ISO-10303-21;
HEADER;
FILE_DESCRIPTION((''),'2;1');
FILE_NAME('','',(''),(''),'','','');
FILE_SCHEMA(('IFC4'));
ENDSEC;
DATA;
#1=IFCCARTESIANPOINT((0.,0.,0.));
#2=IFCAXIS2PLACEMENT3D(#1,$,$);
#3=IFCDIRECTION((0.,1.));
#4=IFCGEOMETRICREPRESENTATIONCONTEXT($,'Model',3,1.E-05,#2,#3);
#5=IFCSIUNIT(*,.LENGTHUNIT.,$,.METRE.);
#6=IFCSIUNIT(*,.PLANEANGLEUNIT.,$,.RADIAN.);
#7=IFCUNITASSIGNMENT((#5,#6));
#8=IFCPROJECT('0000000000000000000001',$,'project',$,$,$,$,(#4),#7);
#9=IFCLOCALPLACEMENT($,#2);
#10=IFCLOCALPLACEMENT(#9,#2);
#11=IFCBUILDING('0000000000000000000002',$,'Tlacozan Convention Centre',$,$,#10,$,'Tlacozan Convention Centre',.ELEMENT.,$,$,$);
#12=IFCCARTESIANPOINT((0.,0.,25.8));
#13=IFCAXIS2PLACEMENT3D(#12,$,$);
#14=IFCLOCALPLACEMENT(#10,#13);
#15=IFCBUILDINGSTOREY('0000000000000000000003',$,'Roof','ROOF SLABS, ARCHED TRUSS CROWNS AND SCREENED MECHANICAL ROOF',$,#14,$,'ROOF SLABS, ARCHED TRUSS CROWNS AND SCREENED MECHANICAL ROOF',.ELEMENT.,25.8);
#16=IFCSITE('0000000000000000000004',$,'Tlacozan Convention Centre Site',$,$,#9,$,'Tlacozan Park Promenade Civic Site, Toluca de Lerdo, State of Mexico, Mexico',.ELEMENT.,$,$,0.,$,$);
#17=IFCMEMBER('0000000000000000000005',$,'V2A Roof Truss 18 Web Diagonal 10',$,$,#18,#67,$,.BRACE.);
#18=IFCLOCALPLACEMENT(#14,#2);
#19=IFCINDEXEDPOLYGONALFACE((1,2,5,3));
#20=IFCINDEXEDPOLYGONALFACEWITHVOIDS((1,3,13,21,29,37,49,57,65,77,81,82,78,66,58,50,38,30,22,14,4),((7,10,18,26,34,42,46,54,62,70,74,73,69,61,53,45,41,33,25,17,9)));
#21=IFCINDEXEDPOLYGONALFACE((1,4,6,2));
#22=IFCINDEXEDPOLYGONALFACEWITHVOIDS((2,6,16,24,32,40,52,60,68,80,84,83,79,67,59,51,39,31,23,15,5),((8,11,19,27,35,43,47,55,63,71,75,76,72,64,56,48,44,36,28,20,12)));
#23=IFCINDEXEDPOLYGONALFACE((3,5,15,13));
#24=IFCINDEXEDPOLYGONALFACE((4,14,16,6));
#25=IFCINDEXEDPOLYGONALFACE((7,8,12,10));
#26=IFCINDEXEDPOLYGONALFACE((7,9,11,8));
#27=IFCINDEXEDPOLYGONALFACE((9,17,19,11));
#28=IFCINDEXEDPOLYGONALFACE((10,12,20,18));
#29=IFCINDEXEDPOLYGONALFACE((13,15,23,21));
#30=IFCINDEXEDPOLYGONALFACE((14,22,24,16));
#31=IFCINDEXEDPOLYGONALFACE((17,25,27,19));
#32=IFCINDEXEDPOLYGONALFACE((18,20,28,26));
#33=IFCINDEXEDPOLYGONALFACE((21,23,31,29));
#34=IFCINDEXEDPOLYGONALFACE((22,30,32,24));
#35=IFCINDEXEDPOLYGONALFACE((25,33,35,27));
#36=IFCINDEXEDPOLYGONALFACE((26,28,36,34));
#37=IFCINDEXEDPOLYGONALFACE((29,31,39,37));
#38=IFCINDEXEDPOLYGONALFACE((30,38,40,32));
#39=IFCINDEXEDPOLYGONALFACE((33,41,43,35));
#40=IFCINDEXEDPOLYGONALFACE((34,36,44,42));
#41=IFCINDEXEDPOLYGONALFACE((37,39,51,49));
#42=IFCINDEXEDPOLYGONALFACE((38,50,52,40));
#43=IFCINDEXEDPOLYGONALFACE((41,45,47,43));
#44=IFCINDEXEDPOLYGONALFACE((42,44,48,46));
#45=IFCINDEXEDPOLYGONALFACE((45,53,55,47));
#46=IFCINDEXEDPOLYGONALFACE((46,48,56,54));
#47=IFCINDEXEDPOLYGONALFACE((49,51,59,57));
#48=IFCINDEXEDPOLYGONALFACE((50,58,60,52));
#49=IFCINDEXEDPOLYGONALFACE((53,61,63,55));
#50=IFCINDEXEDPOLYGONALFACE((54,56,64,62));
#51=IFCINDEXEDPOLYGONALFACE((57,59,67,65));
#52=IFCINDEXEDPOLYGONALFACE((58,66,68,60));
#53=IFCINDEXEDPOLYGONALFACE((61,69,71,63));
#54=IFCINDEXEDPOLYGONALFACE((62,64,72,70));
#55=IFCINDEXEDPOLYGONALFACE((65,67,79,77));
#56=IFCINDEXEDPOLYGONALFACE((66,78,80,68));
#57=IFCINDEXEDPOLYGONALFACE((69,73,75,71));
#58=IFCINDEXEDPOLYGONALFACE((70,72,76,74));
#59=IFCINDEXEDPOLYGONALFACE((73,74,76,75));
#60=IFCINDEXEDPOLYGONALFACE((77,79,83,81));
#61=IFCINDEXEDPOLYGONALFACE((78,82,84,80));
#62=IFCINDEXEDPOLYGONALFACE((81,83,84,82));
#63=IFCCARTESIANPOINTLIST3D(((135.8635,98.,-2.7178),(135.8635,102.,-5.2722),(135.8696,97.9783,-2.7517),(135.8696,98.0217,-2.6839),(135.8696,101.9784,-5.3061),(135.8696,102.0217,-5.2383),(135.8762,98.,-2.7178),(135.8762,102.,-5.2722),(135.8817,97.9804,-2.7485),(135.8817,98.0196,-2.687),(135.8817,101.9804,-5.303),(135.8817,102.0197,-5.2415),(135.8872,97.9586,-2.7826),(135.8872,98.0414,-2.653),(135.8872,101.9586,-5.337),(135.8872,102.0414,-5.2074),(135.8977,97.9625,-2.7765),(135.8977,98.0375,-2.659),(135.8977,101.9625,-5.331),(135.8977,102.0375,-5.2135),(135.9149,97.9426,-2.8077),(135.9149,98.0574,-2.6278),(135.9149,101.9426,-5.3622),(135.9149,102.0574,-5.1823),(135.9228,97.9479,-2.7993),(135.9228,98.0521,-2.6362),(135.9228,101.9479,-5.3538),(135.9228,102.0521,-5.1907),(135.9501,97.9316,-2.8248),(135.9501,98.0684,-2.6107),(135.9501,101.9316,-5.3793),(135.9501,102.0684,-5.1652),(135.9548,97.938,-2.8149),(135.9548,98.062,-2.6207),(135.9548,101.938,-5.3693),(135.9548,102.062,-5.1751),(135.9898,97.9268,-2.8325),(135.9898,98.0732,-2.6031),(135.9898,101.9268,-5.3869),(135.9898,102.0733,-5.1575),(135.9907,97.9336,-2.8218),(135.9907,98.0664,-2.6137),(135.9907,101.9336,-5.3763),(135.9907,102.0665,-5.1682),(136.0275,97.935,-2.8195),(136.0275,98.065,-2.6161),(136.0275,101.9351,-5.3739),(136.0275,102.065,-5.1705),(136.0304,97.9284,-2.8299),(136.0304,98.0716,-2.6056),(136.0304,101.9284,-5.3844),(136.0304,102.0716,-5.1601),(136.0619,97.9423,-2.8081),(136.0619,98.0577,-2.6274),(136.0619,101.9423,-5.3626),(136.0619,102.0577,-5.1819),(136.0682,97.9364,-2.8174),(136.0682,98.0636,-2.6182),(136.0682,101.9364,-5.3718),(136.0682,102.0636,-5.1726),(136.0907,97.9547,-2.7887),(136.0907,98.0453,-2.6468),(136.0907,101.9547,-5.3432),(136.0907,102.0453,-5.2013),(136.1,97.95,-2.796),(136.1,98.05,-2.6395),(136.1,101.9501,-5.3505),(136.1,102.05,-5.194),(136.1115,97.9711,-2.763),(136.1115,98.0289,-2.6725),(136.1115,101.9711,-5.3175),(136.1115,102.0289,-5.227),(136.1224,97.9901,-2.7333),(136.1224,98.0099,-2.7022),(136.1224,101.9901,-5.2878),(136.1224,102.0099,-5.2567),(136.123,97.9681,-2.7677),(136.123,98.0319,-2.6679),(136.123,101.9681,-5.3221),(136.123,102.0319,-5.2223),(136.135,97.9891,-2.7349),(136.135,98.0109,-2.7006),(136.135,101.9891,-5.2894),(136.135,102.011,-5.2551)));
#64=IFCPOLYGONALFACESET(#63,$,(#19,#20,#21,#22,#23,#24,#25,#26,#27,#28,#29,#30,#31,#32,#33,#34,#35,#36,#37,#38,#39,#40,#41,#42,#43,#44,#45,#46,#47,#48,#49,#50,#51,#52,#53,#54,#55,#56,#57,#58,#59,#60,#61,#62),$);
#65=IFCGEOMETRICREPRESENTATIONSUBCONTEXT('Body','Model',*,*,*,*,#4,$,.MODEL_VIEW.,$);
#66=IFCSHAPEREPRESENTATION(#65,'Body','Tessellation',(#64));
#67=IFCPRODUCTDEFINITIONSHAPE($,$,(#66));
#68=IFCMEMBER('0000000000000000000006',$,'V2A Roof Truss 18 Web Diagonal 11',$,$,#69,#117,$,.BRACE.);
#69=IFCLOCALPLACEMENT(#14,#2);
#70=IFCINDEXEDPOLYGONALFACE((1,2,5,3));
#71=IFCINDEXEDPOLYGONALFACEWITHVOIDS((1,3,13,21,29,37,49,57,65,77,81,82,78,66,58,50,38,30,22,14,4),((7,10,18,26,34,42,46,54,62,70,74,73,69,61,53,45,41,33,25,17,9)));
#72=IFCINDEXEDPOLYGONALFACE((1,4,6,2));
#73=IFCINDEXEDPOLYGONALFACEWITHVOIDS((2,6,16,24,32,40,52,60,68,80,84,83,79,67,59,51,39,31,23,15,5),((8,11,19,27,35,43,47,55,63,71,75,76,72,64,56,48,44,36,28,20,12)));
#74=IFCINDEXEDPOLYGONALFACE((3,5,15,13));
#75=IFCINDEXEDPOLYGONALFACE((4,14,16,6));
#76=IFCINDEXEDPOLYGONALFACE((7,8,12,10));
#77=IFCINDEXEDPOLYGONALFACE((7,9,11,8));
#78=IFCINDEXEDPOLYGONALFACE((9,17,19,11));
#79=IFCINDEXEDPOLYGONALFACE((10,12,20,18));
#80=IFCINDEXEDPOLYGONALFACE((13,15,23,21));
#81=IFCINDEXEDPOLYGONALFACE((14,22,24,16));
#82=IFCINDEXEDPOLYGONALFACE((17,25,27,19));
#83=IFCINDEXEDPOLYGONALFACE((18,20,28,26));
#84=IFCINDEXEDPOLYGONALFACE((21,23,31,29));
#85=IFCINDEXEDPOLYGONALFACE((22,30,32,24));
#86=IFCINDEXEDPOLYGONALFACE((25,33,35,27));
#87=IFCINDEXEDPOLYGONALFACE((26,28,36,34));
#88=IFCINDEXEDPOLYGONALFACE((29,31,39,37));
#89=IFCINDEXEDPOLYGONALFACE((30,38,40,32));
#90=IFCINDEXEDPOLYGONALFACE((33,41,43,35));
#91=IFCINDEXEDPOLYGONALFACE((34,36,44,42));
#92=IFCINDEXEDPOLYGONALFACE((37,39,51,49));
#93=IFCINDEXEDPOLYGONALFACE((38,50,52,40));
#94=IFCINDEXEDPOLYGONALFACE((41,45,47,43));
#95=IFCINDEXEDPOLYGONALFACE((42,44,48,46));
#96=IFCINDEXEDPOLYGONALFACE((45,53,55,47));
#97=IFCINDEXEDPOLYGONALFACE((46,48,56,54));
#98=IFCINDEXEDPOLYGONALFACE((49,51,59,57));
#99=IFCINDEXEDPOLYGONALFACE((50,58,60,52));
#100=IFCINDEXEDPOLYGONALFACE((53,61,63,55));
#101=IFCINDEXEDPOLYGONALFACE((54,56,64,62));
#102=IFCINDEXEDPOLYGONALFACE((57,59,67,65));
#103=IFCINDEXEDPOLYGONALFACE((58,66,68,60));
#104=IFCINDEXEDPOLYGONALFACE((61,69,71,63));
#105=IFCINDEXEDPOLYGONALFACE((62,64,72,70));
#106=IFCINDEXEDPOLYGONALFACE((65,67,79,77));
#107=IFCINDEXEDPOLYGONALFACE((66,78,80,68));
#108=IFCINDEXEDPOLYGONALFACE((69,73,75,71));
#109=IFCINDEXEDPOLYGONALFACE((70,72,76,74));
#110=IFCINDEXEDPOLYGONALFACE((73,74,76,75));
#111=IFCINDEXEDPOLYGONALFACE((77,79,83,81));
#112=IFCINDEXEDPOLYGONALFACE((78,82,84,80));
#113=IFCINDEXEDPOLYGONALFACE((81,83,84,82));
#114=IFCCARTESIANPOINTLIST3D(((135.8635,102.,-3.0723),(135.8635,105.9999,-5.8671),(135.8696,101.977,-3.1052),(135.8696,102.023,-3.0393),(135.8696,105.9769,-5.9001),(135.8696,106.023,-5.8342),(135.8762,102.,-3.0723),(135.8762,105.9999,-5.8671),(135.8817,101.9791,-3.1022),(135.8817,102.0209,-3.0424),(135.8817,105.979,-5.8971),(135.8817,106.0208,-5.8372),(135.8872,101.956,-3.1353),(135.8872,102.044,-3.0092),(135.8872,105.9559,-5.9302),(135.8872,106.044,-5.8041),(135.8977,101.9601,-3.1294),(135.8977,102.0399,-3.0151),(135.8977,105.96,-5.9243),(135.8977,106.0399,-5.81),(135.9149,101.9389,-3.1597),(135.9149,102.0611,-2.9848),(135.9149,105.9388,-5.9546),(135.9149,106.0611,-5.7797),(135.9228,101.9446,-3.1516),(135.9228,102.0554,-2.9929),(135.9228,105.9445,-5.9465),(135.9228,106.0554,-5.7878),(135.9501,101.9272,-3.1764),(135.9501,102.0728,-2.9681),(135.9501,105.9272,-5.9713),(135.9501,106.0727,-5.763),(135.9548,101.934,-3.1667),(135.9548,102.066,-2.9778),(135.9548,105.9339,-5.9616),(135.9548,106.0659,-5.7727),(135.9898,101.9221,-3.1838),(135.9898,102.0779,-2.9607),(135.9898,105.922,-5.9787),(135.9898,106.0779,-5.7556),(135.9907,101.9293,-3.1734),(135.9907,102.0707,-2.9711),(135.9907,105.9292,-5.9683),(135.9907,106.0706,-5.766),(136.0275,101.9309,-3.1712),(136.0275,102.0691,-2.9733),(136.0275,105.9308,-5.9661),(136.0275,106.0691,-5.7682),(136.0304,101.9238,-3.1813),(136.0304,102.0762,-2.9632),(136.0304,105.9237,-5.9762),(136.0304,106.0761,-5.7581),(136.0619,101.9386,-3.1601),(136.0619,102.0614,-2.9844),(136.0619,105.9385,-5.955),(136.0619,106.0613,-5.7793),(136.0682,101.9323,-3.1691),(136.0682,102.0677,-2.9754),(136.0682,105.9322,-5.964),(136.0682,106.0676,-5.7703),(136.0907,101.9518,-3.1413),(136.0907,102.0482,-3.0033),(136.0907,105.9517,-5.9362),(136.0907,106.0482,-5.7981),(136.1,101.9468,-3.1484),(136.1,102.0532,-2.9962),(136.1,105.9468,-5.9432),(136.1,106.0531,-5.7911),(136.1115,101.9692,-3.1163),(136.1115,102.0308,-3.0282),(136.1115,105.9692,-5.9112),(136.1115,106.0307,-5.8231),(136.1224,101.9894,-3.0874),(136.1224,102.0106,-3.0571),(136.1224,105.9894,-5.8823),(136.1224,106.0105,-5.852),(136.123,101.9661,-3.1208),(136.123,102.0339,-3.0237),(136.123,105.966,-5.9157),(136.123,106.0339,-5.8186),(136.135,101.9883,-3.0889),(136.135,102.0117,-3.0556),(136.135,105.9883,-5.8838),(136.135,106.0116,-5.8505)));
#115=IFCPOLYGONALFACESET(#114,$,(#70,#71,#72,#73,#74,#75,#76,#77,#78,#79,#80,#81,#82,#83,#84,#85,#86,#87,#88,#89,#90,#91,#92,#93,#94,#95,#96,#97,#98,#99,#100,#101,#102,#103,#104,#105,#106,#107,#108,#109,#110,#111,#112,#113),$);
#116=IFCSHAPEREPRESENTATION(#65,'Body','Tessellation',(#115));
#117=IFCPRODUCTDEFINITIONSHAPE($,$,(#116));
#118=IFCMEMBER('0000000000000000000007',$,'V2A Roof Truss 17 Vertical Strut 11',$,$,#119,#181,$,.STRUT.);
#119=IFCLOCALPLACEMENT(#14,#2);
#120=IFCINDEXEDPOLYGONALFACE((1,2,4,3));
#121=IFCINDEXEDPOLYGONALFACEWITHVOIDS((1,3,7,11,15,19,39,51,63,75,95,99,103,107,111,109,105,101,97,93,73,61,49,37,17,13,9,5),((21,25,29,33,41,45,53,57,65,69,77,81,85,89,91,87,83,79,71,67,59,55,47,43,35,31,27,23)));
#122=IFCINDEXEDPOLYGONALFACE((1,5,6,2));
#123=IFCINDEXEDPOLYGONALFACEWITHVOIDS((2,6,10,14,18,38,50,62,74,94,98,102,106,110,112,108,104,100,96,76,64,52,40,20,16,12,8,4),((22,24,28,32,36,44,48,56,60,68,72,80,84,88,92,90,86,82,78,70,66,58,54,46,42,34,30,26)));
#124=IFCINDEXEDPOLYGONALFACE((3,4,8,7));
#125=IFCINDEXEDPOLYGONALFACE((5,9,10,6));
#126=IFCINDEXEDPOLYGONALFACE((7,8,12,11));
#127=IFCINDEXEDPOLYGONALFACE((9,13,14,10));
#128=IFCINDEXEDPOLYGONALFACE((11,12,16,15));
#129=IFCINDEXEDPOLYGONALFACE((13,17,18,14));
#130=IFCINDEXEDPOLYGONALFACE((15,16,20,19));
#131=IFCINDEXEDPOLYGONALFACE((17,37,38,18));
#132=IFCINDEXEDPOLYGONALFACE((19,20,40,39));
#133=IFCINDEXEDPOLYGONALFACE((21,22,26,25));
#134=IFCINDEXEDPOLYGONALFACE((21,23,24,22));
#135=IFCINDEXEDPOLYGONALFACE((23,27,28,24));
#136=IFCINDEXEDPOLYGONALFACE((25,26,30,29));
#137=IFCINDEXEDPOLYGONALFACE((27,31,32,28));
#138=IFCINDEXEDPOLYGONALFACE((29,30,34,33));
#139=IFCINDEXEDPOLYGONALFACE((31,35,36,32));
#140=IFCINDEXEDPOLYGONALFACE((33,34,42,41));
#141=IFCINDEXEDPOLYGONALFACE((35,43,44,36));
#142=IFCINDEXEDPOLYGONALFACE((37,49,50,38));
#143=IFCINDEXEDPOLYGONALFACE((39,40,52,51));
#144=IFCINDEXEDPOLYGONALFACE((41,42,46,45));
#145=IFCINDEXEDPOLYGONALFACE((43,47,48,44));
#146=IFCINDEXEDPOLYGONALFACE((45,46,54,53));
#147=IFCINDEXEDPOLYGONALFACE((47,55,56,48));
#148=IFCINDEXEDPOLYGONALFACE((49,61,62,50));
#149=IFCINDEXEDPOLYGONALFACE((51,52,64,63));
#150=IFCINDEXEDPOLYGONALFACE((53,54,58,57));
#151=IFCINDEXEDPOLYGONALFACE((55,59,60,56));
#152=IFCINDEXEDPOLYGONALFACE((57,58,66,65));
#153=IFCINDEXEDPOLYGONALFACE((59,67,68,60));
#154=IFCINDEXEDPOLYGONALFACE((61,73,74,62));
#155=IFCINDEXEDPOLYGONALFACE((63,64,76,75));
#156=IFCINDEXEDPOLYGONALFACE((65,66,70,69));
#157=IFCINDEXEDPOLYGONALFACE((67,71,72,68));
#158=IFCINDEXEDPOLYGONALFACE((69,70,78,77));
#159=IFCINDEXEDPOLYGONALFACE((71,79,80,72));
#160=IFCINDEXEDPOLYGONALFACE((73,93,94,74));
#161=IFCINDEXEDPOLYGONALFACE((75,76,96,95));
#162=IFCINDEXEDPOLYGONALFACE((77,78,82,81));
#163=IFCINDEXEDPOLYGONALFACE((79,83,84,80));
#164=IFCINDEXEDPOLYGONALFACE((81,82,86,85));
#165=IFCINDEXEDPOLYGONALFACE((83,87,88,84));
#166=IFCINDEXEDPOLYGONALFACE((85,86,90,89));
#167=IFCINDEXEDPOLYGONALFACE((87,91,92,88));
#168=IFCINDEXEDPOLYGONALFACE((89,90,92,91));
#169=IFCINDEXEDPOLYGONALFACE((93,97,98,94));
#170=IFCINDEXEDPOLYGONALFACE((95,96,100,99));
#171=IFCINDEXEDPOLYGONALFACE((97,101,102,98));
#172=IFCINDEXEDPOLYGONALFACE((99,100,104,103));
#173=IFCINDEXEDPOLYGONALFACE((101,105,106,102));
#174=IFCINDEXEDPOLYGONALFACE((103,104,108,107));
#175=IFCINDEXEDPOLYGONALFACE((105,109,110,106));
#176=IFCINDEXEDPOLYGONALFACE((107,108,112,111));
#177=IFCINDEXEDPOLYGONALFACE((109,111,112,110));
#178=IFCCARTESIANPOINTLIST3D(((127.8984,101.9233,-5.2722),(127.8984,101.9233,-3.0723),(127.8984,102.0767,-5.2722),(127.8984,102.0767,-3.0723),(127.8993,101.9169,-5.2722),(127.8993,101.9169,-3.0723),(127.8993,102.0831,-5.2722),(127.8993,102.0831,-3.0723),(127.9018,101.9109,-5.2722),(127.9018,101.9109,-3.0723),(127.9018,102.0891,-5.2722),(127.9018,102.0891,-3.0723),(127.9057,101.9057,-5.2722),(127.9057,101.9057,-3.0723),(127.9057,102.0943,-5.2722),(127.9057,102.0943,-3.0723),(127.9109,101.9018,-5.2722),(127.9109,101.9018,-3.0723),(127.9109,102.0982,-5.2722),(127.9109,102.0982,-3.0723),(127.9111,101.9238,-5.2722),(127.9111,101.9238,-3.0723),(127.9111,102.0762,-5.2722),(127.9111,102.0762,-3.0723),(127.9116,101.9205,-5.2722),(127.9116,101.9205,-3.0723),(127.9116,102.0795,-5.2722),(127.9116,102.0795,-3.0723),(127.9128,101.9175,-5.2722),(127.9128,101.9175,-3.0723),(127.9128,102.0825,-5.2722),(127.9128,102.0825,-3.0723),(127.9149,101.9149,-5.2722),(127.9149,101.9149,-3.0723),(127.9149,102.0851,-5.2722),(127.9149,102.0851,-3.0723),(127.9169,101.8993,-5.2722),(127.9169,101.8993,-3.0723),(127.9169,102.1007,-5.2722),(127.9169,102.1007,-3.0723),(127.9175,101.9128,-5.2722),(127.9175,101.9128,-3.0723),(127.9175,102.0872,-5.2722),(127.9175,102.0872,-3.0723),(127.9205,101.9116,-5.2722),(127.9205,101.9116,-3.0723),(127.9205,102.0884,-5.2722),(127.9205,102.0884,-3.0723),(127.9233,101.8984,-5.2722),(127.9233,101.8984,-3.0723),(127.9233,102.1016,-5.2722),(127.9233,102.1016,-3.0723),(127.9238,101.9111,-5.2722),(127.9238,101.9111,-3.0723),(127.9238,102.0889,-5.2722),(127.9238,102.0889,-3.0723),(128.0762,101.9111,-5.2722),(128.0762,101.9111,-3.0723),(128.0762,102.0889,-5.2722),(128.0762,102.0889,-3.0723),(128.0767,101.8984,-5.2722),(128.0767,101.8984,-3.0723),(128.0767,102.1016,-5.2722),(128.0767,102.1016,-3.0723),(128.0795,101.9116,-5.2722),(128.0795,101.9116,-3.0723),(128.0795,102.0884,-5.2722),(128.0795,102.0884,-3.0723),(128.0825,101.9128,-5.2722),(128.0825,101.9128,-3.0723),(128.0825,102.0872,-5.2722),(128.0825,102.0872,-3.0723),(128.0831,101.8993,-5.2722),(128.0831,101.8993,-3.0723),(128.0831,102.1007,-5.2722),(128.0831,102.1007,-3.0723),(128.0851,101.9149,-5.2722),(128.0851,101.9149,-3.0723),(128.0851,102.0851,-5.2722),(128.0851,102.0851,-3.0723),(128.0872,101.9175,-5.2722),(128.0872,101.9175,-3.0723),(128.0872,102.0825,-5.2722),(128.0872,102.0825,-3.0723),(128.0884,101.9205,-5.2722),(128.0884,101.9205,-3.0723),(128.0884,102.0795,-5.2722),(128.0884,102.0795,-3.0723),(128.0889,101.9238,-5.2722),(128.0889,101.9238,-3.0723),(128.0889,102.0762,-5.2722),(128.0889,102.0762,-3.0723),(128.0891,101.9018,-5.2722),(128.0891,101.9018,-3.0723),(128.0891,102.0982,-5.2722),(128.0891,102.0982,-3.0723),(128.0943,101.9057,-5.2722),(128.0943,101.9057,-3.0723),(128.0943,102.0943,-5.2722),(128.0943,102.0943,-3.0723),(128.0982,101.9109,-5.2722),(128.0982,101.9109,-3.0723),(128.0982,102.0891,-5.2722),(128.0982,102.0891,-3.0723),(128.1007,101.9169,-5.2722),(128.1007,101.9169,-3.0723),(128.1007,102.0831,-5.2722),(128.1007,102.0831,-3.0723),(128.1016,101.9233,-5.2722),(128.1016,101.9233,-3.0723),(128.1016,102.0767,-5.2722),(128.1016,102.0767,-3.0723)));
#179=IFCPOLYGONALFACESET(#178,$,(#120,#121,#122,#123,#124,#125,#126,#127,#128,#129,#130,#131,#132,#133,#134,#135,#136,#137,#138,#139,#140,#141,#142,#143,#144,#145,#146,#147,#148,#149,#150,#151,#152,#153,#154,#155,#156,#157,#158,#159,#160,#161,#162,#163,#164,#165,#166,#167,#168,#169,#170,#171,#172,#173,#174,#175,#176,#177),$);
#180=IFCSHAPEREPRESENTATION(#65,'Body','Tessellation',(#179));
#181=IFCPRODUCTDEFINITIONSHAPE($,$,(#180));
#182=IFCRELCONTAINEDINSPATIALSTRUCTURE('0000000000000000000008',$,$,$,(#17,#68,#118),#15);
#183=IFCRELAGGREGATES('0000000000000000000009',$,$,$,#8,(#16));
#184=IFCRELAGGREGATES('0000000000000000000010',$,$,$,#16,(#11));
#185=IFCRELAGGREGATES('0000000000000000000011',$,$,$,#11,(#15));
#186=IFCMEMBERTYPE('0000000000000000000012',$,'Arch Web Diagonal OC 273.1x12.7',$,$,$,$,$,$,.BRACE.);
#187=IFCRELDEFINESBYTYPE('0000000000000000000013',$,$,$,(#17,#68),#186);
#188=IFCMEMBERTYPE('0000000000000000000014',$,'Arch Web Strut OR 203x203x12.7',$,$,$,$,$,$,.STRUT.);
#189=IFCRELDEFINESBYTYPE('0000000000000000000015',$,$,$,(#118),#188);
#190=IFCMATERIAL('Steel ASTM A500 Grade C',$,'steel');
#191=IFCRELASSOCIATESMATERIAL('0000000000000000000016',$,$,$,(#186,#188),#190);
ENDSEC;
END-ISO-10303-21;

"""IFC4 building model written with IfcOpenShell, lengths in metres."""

from ifc_helpers import new_model, si_unit, direction, frame, origin, origin_2d, place, context, subcontext, project, spatial, hollow_rectangle, hollow_circle, extrude, material, material_profile, profile_set, type_object, element, save


model = new_model("IFC4")

# Units and contexts
model_context = context("Model", 3, precision=1e-05, world=origin(), true_north=direction((0.0, 1.0)))
body_context = subcontext(model_context, "Body", "Model", "MODEL_VIEW")
ifc_project = project(units=[si_unit("LENGTHUNIT", "METRE"), si_unit("PLANEANGLEUNIT", "RADIAN")], contexts=[model_context])

# Site, building, storey
site_placement = place(None, origin())
site = spatial("IfcSite", under=ifc_project, at=site_placement, Name="Tlacozan Convention Centre Site", LongName="Tlacozan Park Promenade Civic Site, Toluca de Lerdo, State of Mexico, Mexico", CompositionType="ELEMENT", RefElevation=0.0)
building_placement = place(site_placement, origin())
building = spatial("IfcBuilding", under=site, at=building_placement, Name="Tlacozan Convention Centre", LongName="Tlacozan Convention Centre", CompositionType="ELEMENT")
storey_placement = place(building_placement, frame((0.0, 0.0, 25.8)))
storey = spatial("IfcBuildingStorey", under=building, at=storey_placement, Name="Roof", Description="ROOF SLABS, ARCHED TRUSS CROWNS AND SCREENED MECHANICAL ROOF", LongName="ROOF SLABS, ARCHED TRUSS CROWNS AND SCREENED MECHANICAL ROOF", CompositionType="ELEMENT", Elevation=25.8)

# Members
ifc_material_1 = material(Name="Steel ASTM A500 Grade C", Category="steel")
ifc_material_profile_1 = material_profile(ifc_material_1, hollow_circle(Radius=0.1365, WallThickness=0.0127, at=origin_2d()), Name="OC 273.1x12.7")
ifc_profile_set_1 = profile_set([ifc_material_profile_1], Name="Steel ASTM A500 Grade C")
member_type_1 = type_object("IfcMemberType", Name="Arch Web Diagonal OC 273.1x12.7", PredefinedType="BRACE", material=ifc_profile_set_1)
member_1_placement = place(storey_placement, frame((136.0, 98.0, -2.7178), z_axis=(0.0, 0.842803, -0.538223), x_axis=(-1.0, 0.0, 0.0)))
element("IfcMember", 1, at=member_1_placement, inside=storey, type_object=member_type_1, Name="V2A Roof Truss 18 Web Diagonal 10", PredefinedType="BRACE", context=body_context, shape_type="SweptSolid", body=[
    extrude(hollow_circle(Radius=0.1365, WallThickness=0.0127, at=origin_2d()), origin(), (0.0, 0.0, 1.0), 4.7461),
])
member_2_placement = place(storey_placement, frame((136.0, 102.0, -3.0723), z_axis=(0.0, 0.819721, -0.572764), x_axis=(-1.0, 0.0, 0.0)))
element("IfcMember", 2, at=member_2_placement, inside=storey, type_object=member_type_1, Name="V2A Roof Truss 18 Web Diagonal 11", PredefinedType="BRACE", context=body_context, shape_type="SweptSolid", body=[
    extrude(hollow_circle(Radius=0.1365, WallThickness=0.0127, at=origin_2d()), origin(), (0.0, 0.0, 1.0), 4.8796),
])
ifc_material_profile_2 = material_profile(ifc_material_1, hollow_rectangle(XDim=0.2031, YDim=0.2031, WallThickness=0.0127, InnerFilletRadius=0.0127, OuterFilletRadius=0.0249, at=origin_2d()), Name="OR 203x203x12.7")
ifc_profile_set_2 = profile_set([ifc_material_profile_2], Name="Steel ASTM A500 Grade C")
member_type_2 = type_object("IfcMemberType", Name="Arch Web Strut OR 203x203x12.7", PredefinedType="STRUT", material=ifc_profile_set_2)
for number, where, z_axis, x_axis, name in (
    (3, (128.0, 102.0, -5.2722), (0.0, 0.0, 1.0), (1.0, 0.0, 0.0), "V2A Roof Truss 17 Vertical Strut 11"),
):
    element("IfcMember", number, at=place(storey_placement, frame(where, z_axis=z_axis, x_axis=x_axis)), inside=storey, type_object=member_type_2, Name=name, PredefinedType="STRUT", context=body_context, shape_type="SweptSolid", body=[
        extrude(hollow_rectangle(XDim=0.2031, YDim=0.2031, WallThickness=0.0127, InnerFilletRadius=0.0127, OuterFilletRadius=0.0249, at=origin_2d()), origin(), (0.0, 0.0, 1.0), 2.2),
    ])

save(model, "model.ifc")
